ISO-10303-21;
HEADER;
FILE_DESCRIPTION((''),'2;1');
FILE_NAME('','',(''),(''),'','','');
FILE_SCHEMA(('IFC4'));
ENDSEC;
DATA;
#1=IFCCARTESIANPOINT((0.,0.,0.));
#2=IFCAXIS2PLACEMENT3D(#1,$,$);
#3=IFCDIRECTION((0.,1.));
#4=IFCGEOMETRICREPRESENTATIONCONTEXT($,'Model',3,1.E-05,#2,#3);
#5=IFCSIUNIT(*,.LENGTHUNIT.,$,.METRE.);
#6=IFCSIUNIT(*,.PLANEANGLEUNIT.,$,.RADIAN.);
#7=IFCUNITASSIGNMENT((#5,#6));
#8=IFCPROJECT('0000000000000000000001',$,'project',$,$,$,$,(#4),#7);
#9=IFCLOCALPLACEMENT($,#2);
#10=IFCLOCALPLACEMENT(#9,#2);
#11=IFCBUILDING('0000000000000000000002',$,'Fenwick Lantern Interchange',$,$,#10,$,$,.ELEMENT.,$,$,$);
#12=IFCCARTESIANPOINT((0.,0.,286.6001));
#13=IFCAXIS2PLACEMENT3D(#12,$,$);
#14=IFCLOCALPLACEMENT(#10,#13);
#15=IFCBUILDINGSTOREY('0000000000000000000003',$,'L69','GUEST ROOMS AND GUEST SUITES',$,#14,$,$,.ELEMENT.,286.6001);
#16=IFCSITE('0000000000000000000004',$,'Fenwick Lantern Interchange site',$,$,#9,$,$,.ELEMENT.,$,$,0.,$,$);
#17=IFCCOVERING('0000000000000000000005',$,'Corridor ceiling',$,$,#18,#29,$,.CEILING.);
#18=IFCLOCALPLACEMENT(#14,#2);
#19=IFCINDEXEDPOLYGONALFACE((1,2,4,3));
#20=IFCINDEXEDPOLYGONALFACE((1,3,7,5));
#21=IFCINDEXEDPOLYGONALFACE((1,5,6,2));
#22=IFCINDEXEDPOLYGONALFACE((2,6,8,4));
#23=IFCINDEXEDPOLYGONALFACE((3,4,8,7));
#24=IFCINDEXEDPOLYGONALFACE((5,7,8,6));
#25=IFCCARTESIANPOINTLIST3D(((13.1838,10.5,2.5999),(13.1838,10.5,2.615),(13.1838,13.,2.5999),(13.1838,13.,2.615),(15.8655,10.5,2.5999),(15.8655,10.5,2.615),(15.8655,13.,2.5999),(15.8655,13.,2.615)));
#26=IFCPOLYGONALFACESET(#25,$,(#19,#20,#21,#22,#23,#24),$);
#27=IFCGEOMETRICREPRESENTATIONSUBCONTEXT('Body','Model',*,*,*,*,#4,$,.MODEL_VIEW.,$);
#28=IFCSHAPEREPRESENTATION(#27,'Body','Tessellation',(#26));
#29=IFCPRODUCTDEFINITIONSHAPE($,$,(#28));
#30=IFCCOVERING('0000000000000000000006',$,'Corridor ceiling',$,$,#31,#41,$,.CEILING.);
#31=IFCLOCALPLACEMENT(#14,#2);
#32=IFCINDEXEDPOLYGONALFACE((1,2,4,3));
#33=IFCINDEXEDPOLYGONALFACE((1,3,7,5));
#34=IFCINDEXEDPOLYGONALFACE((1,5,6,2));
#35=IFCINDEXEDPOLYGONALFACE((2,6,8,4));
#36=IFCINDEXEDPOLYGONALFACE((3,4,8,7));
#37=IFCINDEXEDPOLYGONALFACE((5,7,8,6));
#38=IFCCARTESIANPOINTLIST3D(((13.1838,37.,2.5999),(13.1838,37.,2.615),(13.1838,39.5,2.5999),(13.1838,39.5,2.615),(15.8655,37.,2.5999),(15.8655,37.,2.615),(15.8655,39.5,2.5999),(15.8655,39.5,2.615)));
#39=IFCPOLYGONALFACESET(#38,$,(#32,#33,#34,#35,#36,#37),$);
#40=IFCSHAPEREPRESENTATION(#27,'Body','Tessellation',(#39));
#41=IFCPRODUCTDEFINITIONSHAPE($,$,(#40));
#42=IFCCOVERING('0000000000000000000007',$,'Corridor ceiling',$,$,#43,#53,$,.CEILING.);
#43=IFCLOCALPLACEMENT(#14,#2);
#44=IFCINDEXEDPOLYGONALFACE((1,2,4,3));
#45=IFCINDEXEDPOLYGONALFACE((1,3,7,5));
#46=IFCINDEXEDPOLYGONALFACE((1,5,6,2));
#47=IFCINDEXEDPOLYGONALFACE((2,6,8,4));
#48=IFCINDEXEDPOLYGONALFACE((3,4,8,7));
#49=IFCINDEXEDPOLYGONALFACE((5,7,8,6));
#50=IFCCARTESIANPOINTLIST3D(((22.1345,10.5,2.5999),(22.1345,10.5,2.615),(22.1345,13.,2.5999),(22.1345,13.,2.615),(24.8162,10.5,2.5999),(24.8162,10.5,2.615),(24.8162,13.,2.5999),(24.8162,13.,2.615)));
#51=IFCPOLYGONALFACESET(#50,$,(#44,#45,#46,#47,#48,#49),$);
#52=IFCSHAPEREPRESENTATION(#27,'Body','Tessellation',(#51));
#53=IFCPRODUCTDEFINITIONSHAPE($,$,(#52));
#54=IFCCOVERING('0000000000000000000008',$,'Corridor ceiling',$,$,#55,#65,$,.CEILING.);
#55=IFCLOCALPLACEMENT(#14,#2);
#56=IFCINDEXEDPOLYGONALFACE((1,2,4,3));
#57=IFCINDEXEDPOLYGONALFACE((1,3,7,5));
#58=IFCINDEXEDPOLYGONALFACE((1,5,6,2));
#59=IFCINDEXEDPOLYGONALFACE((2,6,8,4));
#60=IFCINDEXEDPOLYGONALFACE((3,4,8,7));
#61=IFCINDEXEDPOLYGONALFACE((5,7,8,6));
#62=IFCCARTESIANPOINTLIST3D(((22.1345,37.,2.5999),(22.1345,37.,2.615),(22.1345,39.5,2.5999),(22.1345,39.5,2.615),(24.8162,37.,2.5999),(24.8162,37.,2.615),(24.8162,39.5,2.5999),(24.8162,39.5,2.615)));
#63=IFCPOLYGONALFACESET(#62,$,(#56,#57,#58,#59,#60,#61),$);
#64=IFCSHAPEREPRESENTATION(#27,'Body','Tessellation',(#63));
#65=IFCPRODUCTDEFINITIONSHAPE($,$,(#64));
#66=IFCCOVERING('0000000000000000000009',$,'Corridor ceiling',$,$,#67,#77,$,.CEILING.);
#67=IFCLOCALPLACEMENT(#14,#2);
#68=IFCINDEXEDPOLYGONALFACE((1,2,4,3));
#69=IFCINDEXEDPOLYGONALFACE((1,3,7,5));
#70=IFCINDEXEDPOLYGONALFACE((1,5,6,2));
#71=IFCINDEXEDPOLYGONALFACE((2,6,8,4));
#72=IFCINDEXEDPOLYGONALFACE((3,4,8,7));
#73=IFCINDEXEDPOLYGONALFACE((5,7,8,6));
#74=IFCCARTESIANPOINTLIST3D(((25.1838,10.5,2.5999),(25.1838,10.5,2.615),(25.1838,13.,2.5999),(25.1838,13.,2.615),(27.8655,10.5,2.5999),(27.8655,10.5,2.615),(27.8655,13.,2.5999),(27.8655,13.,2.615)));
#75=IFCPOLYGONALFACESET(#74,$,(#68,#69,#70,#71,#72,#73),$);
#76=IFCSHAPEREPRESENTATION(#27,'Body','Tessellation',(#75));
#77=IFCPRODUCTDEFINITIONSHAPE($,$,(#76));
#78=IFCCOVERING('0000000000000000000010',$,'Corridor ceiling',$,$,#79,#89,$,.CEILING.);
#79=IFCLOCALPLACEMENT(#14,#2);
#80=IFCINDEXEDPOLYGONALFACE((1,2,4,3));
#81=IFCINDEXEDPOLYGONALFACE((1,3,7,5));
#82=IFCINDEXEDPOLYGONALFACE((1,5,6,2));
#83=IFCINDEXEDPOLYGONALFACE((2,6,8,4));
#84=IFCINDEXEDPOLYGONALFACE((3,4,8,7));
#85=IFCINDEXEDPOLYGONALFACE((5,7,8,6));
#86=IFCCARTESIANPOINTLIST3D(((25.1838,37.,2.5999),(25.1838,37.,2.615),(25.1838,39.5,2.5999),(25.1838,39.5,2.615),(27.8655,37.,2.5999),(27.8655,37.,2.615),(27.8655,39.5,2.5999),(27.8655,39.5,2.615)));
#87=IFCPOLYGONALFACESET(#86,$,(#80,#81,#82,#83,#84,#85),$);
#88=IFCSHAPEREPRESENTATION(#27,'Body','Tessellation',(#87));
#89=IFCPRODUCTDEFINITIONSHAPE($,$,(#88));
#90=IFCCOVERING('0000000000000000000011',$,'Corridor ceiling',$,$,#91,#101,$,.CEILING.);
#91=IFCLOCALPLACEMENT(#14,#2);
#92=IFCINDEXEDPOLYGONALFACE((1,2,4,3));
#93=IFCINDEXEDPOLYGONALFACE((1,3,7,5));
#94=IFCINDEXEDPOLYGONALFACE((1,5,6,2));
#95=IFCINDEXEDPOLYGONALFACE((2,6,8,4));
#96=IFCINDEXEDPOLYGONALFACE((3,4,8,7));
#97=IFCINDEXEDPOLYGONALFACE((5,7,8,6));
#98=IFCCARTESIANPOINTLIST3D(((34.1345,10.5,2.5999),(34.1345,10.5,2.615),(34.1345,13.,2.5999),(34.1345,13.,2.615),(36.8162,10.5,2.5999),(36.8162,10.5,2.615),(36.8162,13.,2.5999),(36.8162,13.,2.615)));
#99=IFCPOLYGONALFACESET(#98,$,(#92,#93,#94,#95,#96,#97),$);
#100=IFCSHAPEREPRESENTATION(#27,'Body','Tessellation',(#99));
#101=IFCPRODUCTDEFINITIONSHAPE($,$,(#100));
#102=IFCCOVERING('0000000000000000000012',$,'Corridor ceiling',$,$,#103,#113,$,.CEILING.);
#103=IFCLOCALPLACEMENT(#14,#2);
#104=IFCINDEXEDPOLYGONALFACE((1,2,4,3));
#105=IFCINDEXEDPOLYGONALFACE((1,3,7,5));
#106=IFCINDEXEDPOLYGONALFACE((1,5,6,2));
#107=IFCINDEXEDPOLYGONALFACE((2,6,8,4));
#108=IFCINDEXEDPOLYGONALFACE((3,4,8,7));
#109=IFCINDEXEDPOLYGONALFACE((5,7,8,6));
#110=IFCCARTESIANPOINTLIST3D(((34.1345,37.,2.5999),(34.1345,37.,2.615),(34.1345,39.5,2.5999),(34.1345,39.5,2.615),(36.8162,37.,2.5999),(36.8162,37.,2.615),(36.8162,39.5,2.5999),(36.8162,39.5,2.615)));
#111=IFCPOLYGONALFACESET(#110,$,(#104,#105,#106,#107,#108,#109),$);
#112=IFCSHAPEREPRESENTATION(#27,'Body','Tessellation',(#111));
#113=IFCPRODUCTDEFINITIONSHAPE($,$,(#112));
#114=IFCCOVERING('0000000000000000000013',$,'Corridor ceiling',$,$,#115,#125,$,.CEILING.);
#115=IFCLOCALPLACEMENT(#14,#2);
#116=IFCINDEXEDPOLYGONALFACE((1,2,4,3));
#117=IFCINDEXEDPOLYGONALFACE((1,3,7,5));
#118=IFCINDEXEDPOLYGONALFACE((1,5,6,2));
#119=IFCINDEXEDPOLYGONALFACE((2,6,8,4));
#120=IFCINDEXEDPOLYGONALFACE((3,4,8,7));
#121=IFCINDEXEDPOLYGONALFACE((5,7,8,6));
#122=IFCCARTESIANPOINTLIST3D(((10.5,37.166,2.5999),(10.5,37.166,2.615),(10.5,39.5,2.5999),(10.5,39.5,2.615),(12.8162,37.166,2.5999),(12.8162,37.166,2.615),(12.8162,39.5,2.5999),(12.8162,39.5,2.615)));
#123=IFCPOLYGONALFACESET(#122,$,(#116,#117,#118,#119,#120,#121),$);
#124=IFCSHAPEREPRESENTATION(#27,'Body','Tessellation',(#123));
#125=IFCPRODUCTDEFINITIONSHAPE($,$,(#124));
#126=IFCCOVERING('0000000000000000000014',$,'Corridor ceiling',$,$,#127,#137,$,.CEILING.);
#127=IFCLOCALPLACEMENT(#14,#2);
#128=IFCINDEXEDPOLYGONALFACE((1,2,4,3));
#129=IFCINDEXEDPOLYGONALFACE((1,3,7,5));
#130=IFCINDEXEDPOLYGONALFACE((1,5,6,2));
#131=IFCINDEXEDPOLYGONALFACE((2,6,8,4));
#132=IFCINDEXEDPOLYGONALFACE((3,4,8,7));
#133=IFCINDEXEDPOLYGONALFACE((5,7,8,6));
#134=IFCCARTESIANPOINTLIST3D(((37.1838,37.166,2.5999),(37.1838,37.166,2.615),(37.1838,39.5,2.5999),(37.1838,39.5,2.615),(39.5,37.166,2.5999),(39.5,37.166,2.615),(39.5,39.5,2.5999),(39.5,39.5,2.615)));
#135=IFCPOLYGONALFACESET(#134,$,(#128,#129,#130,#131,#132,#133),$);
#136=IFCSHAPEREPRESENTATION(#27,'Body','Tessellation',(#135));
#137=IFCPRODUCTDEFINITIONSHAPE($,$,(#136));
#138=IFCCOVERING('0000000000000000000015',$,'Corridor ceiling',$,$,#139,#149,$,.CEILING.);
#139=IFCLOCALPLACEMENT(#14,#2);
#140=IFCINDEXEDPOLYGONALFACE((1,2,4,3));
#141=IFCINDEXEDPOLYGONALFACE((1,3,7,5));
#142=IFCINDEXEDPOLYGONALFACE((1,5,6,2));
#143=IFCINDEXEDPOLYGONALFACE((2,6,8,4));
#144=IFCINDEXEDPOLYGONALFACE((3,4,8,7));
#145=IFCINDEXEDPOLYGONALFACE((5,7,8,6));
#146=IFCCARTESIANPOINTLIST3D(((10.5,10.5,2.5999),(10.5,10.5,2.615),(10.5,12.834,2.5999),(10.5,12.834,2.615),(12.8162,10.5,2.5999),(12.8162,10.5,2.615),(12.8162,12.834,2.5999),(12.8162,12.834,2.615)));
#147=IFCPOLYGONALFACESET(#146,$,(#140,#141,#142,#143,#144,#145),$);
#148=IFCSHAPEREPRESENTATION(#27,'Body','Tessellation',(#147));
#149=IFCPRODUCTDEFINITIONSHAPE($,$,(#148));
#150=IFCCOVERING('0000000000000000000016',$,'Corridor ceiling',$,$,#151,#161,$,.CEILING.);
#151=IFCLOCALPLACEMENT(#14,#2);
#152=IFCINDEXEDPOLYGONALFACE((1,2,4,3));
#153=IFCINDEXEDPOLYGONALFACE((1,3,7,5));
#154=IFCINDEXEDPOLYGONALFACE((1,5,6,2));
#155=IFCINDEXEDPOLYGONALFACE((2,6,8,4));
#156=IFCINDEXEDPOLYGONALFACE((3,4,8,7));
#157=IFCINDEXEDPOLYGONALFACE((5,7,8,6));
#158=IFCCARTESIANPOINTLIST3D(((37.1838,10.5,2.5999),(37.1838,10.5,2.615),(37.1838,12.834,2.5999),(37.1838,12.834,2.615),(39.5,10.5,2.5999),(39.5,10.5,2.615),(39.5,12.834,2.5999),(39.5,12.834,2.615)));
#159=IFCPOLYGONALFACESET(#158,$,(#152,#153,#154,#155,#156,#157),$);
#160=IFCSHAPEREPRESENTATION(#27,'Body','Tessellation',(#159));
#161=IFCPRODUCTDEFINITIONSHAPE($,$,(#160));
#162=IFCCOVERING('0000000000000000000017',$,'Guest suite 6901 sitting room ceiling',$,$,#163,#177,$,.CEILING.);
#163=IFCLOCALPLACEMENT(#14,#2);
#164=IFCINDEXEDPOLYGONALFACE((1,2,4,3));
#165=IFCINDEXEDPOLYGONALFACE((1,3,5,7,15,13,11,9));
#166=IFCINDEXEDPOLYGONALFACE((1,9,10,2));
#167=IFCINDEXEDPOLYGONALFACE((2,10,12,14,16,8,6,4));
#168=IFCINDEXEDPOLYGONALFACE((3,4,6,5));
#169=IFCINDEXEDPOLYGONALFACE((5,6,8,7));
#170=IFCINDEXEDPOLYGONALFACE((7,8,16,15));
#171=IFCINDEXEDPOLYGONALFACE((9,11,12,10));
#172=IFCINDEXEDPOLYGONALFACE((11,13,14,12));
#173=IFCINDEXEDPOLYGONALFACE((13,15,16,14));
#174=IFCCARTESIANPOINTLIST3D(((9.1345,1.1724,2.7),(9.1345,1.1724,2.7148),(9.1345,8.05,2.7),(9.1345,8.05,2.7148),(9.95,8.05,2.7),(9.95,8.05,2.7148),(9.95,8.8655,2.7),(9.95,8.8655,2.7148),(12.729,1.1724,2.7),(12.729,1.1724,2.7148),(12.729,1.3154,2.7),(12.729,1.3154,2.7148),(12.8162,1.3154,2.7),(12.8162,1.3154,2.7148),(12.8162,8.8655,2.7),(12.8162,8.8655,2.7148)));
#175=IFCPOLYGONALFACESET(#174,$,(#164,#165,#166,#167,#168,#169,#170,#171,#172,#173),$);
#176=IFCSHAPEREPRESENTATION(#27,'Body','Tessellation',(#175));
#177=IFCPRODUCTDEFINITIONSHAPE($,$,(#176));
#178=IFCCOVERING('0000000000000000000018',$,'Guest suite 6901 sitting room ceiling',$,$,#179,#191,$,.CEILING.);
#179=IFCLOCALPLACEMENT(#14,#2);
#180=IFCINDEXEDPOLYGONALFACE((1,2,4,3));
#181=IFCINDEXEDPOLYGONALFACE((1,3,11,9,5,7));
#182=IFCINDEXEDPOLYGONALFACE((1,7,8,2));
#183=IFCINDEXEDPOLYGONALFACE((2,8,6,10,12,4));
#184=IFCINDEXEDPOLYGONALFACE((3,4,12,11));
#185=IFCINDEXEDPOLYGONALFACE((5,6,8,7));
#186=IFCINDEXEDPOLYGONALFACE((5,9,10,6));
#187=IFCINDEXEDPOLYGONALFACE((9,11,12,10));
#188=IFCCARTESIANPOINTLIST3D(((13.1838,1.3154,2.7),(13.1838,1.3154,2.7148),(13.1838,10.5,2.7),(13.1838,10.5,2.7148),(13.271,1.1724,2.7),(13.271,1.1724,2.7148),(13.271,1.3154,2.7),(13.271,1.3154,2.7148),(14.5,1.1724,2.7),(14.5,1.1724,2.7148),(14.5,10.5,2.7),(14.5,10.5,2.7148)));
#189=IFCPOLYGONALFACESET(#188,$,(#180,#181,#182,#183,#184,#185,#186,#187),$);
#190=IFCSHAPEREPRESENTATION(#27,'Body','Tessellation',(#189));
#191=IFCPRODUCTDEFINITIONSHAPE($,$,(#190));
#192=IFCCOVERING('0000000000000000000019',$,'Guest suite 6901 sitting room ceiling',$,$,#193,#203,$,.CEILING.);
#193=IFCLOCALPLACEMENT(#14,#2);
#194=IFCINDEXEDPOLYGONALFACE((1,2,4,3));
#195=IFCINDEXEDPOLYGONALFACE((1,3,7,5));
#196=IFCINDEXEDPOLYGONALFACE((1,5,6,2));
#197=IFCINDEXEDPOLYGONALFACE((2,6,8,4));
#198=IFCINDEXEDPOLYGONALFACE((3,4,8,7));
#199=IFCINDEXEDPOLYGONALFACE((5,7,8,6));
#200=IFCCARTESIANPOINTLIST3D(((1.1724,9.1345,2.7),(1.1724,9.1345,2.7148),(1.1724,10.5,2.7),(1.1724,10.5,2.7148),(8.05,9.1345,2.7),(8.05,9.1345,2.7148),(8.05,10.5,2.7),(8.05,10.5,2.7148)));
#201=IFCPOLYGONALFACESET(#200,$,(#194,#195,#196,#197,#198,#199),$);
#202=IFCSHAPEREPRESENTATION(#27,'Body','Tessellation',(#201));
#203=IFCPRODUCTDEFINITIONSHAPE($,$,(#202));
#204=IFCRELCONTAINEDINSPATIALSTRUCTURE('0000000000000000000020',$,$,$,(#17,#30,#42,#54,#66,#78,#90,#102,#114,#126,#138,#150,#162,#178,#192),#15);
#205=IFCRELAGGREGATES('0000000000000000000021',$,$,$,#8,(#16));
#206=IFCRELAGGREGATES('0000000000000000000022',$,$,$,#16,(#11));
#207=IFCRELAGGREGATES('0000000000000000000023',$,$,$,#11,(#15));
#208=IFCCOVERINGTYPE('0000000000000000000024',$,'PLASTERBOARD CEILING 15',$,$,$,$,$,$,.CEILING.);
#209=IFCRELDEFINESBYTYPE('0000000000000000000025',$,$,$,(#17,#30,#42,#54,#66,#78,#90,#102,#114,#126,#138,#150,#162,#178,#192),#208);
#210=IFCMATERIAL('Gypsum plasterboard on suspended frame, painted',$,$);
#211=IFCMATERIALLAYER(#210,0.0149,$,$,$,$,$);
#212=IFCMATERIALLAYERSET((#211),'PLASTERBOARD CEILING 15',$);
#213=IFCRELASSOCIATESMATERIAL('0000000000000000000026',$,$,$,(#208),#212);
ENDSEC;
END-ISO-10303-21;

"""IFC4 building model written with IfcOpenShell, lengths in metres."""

from ifc_helpers import new_model, si_unit, direction, frame, origin, place, context, subcontext, project, spatial, polyline, outline, extrude, material, layer, layer_set, type_object, element, save


model = new_model("IFC4")

# Units and contexts
model_context = context("Model", 3, precision=1e-05, world=origin(), true_north=direction((0.0, 1.0)))
body_context = subcontext(model_context, "Body", "Model", "MODEL_VIEW")
ifc_project = project(units=[si_unit("LENGTHUNIT", "METRE"), si_unit("PLANEANGLEUNIT", "RADIAN")], contexts=[model_context])

# Site, building, storey
site_placement = place(None, origin())
site = spatial("IfcSite", under=ifc_project, at=site_placement, Name="Fenwick Lantern Interchange site", CompositionType="ELEMENT", RefElevation=0.0)
building_placement = place(site_placement, origin())
building = spatial("IfcBuilding", under=site, at=building_placement, Name="Fenwick Lantern Interchange", CompositionType="ELEMENT")
storey_placement = place(building_placement, frame((0.0, 0.0, 286.6001)))
storey = spatial("IfcBuildingStorey", under=building, at=storey_placement, Name="L69", Description="GUEST ROOMS AND GUEST SUITES", CompositionType="ELEMENT", Elevation=286.6001)

# Coverings
ifc_material = material(Name="Gypsum plasterboard on suspended frame, painted")
ifc_layer = layer(ifc_material, 0.0149)
ifc_layer_set = layer_set([ifc_layer], Name="PLASTERBOARD CEILING 15")
covering_type = type_object("IfcCoveringType", Name="PLASTERBOARD CEILING 15", PredefinedType="CEILING", material=ifc_layer_set)
covering_1_placement = place(storey_placement, frame((0.0, 0.0, 2.5999)))
element("IfcCovering", 1, at=covering_1_placement, inside=storey, type_object=covering_type, Name="Corridor ceiling", PredefinedType="CEILING", context=body_context, shape_type="SweptSolid", body=[
    extrude(outline(polyline([(13.1838, 10.5), (15.8655, 10.5), (15.8655, 13.0), (13.1838, 13.0), (13.1838, 10.5)])), origin(), (0.0, 0.0, 1.0), 0.0151),
])
covering_2_placement = place(storey_placement, frame((0.0, 0.0, 2.5999)))
element("IfcCovering", 2, at=covering_2_placement, inside=storey, type_object=covering_type, Name="Corridor ceiling", PredefinedType="CEILING", context=body_context, shape_type="SweptSolid", body=[
    extrude(outline(polyline([(15.8655, 39.5), (13.1838, 39.5), (13.1838, 37.0), (15.8655, 37.0), (15.8655, 39.5)])), origin(), (0.0, 0.0, 1.0), 0.0151),
])
covering_3_placement = place(storey_placement, frame((0.0, 0.0, 2.5999)))
element("IfcCovering", 3, at=covering_3_placement, inside=storey, type_object=covering_type, Name="Corridor ceiling", PredefinedType="CEILING", context=body_context, shape_type="SweptSolid", body=[
    extrude(outline(polyline([(22.1345, 10.5), (24.8162, 10.5), (24.8162, 13.0), (22.1345, 13.0), (22.1345, 10.5)])), origin(), (0.0, 0.0, 1.0), 0.0151),
])
covering_4_placement = place(storey_placement, frame((0.0, 0.0, 2.5999)))
element("IfcCovering", 4, at=covering_4_placement, inside=storey, type_object=covering_type, Name="Corridor ceiling", PredefinedType="CEILING", context=body_context, shape_type="SweptSolid", body=[
    extrude(outline(polyline([(24.8162, 39.5), (22.1345, 39.5), (22.1345, 37.0), (24.8162, 37.0), (24.8162, 39.5)])), origin(), (0.0, 0.0, 1.0), 0.0151),
])
covering_5_placement = place(storey_placement, frame((0.0, 0.0, 2.5999)))
element("IfcCovering", 5, at=covering_5_placement, inside=storey, type_object=covering_type, Name="Corridor ceiling", PredefinedType="CEILING", context=body_context, shape_type="SweptSolid", body=[
    extrude(outline(polyline([(25.1838, 10.5), (27.8655, 10.5), (27.8655, 13.0), (25.1838, 13.0), (25.1838, 10.5)])), origin(), (0.0, 0.0, 1.0), 0.0151),
])
covering_6_placement = place(storey_placement, frame((0.0, 0.0, 2.5999)))
element("IfcCovering", 6, at=covering_6_placement, inside=storey, type_object=covering_type, Name="Corridor ceiling", PredefinedType="CEILING", context=body_context, shape_type="SweptSolid", body=[
    extrude(outline(polyline([(27.8655, 39.5), (25.1838, 39.5), (25.1838, 37.0), (27.8655, 37.0), (27.8655, 39.5)])), origin(), (0.0, 0.0, 1.0), 0.0151),
])
covering_7_placement = place(storey_placement, frame((0.0, 0.0, 2.5999)))
element("IfcCovering", 7, at=covering_7_placement, inside=storey, type_object=covering_type, Name="Corridor ceiling", PredefinedType="CEILING", context=body_context, shape_type="SweptSolid", body=[
    extrude(outline(polyline([(34.1345, 10.5), (36.8162, 10.5), (36.8162, 13.0), (34.1345, 13.0), (34.1345, 10.5)])), origin(), (0.0, 0.0, 1.0), 0.0151),
])
covering_8_placement = place(storey_placement, frame((0.0, 0.0, 2.5999)))
element("IfcCovering", 8, at=covering_8_placement, inside=storey, type_object=covering_type, Name="Corridor ceiling", PredefinedType="CEILING", context=body_context, shape_type="SweptSolid", body=[
    extrude(outline(polyline([(36.8162, 39.5), (34.1345, 39.5), (34.1345, 37.0), (36.8162, 37.0), (36.8162, 39.5)])), origin(), (0.0, 0.0, 1.0), 0.0151),
])
covering_9_placement = place(storey_placement, frame((0.0, 0.0, 2.5999)))
element("IfcCovering", 9, at=covering_9_placement, inside=storey, type_object=covering_type, Name="Corridor ceiling", PredefinedType="CEILING", context=body_context, shape_type="SweptSolid", body=[
    extrude(outline(polyline([(12.8162, 39.5), (10.5, 39.5), (10.5, 37.166), (12.8162, 37.166), (12.8162, 39.5)])), origin(), (0.0, 0.0, 1.0), 0.0151),
])
covering_10_placement = place(storey_placement, frame((0.0, 0.0, 2.5999)))
element("IfcCovering", 10, at=covering_10_placement, inside=storey, type_object=covering_type, Name="Corridor ceiling", PredefinedType="CEILING", context=body_context, shape_type="SweptSolid", body=[
    extrude(outline(polyline([(39.5, 39.5), (37.1838, 39.5), (37.1838, 37.166), (39.5, 37.166), (39.5, 39.5)])), origin(), (0.0, 0.0, 1.0), 0.0151),
])
covering_11_placement = place(storey_placement, frame((0.0, 0.0, 2.5999)))
element("IfcCovering", 11, at=covering_11_placement, inside=storey, type_object=covering_type, Name="Corridor ceiling", PredefinedType="CEILING", context=body_context, shape_type="SweptSolid", body=[
    extrude(outline(polyline([(10.5, 10.5), (12.8162, 10.5), (12.8162, 12.834), (10.5, 12.834), (10.5, 10.5)])), origin(), (0.0, 0.0, 1.0), 0.0151),
])
covering_12_placement = place(storey_placement, frame((0.0, 0.0, 2.5999)))
element("IfcCovering", 12, at=covering_12_placement, inside=storey, type_object=covering_type, Name="Corridor ceiling", PredefinedType="CEILING", context=body_context, shape_type="SweptSolid", body=[
    extrude(outline(polyline([(39.5, 10.5), (39.5, 12.834), (37.1838, 12.834), (37.1838, 10.5), (39.5, 10.5)])), origin(), (0.0, 0.0, 1.0), 0.0151),
])
covering_13_placement = place(storey_placement, frame((0.0, 0.0, 2.7)))
element("IfcCovering", 13, at=covering_13_placement, inside=storey, type_object=covering_type, Name="Guest suite 6901 sitting room ceiling", PredefinedType="CEILING", context=body_context, shape_type="SweptSolid", body=[
    extrude(outline(polyline([(9.95, 8.05), (9.1345, 8.05), (9.1345, 1.1724), (12.729, 1.1724), (12.729, 1.3154), (12.8162, 1.3154), (12.8162, 8.8655), (9.95, 8.8655), (9.95, 8.05)])), origin(), (0.0, 0.0, 1.0), 0.0149),
])
covering_14_placement = place(storey_placement, frame((0.0, 0.0, 2.7)))
element("IfcCovering", 14, at=covering_14_placement, inside=storey, type_object=covering_type, Name="Guest suite 6901 sitting room ceiling", PredefinedType="CEILING", context=body_context, shape_type="SweptSolid", body=[
    extrude(outline(polyline([(14.5, 10.5), (13.1838, 10.5), (13.1838, 1.3154), (13.271, 1.3154), (13.271, 1.1724), (14.5, 1.1724), (14.5, 10.5)])), origin(), (0.0, 0.0, 1.0), 0.0149),
])
covering_15_placement = place(storey_placement, frame((0.0, 0.0, 2.7)))
element("IfcCovering", 15, at=covering_15_placement, inside=storey, type_object=covering_type, Name="Guest suite 6901 sitting room ceiling", PredefinedType="CEILING", context=body_context, shape_type="SweptSolid", body=[
    extrude(outline(polyline([(8.05, 9.1345), (8.05, 10.5), (1.1724, 10.5), (1.1724, 9.1345), (8.05, 9.1345)])), origin(), (0.0, 0.0, 1.0), 0.0149),
])

save(model, "model.ifc")
